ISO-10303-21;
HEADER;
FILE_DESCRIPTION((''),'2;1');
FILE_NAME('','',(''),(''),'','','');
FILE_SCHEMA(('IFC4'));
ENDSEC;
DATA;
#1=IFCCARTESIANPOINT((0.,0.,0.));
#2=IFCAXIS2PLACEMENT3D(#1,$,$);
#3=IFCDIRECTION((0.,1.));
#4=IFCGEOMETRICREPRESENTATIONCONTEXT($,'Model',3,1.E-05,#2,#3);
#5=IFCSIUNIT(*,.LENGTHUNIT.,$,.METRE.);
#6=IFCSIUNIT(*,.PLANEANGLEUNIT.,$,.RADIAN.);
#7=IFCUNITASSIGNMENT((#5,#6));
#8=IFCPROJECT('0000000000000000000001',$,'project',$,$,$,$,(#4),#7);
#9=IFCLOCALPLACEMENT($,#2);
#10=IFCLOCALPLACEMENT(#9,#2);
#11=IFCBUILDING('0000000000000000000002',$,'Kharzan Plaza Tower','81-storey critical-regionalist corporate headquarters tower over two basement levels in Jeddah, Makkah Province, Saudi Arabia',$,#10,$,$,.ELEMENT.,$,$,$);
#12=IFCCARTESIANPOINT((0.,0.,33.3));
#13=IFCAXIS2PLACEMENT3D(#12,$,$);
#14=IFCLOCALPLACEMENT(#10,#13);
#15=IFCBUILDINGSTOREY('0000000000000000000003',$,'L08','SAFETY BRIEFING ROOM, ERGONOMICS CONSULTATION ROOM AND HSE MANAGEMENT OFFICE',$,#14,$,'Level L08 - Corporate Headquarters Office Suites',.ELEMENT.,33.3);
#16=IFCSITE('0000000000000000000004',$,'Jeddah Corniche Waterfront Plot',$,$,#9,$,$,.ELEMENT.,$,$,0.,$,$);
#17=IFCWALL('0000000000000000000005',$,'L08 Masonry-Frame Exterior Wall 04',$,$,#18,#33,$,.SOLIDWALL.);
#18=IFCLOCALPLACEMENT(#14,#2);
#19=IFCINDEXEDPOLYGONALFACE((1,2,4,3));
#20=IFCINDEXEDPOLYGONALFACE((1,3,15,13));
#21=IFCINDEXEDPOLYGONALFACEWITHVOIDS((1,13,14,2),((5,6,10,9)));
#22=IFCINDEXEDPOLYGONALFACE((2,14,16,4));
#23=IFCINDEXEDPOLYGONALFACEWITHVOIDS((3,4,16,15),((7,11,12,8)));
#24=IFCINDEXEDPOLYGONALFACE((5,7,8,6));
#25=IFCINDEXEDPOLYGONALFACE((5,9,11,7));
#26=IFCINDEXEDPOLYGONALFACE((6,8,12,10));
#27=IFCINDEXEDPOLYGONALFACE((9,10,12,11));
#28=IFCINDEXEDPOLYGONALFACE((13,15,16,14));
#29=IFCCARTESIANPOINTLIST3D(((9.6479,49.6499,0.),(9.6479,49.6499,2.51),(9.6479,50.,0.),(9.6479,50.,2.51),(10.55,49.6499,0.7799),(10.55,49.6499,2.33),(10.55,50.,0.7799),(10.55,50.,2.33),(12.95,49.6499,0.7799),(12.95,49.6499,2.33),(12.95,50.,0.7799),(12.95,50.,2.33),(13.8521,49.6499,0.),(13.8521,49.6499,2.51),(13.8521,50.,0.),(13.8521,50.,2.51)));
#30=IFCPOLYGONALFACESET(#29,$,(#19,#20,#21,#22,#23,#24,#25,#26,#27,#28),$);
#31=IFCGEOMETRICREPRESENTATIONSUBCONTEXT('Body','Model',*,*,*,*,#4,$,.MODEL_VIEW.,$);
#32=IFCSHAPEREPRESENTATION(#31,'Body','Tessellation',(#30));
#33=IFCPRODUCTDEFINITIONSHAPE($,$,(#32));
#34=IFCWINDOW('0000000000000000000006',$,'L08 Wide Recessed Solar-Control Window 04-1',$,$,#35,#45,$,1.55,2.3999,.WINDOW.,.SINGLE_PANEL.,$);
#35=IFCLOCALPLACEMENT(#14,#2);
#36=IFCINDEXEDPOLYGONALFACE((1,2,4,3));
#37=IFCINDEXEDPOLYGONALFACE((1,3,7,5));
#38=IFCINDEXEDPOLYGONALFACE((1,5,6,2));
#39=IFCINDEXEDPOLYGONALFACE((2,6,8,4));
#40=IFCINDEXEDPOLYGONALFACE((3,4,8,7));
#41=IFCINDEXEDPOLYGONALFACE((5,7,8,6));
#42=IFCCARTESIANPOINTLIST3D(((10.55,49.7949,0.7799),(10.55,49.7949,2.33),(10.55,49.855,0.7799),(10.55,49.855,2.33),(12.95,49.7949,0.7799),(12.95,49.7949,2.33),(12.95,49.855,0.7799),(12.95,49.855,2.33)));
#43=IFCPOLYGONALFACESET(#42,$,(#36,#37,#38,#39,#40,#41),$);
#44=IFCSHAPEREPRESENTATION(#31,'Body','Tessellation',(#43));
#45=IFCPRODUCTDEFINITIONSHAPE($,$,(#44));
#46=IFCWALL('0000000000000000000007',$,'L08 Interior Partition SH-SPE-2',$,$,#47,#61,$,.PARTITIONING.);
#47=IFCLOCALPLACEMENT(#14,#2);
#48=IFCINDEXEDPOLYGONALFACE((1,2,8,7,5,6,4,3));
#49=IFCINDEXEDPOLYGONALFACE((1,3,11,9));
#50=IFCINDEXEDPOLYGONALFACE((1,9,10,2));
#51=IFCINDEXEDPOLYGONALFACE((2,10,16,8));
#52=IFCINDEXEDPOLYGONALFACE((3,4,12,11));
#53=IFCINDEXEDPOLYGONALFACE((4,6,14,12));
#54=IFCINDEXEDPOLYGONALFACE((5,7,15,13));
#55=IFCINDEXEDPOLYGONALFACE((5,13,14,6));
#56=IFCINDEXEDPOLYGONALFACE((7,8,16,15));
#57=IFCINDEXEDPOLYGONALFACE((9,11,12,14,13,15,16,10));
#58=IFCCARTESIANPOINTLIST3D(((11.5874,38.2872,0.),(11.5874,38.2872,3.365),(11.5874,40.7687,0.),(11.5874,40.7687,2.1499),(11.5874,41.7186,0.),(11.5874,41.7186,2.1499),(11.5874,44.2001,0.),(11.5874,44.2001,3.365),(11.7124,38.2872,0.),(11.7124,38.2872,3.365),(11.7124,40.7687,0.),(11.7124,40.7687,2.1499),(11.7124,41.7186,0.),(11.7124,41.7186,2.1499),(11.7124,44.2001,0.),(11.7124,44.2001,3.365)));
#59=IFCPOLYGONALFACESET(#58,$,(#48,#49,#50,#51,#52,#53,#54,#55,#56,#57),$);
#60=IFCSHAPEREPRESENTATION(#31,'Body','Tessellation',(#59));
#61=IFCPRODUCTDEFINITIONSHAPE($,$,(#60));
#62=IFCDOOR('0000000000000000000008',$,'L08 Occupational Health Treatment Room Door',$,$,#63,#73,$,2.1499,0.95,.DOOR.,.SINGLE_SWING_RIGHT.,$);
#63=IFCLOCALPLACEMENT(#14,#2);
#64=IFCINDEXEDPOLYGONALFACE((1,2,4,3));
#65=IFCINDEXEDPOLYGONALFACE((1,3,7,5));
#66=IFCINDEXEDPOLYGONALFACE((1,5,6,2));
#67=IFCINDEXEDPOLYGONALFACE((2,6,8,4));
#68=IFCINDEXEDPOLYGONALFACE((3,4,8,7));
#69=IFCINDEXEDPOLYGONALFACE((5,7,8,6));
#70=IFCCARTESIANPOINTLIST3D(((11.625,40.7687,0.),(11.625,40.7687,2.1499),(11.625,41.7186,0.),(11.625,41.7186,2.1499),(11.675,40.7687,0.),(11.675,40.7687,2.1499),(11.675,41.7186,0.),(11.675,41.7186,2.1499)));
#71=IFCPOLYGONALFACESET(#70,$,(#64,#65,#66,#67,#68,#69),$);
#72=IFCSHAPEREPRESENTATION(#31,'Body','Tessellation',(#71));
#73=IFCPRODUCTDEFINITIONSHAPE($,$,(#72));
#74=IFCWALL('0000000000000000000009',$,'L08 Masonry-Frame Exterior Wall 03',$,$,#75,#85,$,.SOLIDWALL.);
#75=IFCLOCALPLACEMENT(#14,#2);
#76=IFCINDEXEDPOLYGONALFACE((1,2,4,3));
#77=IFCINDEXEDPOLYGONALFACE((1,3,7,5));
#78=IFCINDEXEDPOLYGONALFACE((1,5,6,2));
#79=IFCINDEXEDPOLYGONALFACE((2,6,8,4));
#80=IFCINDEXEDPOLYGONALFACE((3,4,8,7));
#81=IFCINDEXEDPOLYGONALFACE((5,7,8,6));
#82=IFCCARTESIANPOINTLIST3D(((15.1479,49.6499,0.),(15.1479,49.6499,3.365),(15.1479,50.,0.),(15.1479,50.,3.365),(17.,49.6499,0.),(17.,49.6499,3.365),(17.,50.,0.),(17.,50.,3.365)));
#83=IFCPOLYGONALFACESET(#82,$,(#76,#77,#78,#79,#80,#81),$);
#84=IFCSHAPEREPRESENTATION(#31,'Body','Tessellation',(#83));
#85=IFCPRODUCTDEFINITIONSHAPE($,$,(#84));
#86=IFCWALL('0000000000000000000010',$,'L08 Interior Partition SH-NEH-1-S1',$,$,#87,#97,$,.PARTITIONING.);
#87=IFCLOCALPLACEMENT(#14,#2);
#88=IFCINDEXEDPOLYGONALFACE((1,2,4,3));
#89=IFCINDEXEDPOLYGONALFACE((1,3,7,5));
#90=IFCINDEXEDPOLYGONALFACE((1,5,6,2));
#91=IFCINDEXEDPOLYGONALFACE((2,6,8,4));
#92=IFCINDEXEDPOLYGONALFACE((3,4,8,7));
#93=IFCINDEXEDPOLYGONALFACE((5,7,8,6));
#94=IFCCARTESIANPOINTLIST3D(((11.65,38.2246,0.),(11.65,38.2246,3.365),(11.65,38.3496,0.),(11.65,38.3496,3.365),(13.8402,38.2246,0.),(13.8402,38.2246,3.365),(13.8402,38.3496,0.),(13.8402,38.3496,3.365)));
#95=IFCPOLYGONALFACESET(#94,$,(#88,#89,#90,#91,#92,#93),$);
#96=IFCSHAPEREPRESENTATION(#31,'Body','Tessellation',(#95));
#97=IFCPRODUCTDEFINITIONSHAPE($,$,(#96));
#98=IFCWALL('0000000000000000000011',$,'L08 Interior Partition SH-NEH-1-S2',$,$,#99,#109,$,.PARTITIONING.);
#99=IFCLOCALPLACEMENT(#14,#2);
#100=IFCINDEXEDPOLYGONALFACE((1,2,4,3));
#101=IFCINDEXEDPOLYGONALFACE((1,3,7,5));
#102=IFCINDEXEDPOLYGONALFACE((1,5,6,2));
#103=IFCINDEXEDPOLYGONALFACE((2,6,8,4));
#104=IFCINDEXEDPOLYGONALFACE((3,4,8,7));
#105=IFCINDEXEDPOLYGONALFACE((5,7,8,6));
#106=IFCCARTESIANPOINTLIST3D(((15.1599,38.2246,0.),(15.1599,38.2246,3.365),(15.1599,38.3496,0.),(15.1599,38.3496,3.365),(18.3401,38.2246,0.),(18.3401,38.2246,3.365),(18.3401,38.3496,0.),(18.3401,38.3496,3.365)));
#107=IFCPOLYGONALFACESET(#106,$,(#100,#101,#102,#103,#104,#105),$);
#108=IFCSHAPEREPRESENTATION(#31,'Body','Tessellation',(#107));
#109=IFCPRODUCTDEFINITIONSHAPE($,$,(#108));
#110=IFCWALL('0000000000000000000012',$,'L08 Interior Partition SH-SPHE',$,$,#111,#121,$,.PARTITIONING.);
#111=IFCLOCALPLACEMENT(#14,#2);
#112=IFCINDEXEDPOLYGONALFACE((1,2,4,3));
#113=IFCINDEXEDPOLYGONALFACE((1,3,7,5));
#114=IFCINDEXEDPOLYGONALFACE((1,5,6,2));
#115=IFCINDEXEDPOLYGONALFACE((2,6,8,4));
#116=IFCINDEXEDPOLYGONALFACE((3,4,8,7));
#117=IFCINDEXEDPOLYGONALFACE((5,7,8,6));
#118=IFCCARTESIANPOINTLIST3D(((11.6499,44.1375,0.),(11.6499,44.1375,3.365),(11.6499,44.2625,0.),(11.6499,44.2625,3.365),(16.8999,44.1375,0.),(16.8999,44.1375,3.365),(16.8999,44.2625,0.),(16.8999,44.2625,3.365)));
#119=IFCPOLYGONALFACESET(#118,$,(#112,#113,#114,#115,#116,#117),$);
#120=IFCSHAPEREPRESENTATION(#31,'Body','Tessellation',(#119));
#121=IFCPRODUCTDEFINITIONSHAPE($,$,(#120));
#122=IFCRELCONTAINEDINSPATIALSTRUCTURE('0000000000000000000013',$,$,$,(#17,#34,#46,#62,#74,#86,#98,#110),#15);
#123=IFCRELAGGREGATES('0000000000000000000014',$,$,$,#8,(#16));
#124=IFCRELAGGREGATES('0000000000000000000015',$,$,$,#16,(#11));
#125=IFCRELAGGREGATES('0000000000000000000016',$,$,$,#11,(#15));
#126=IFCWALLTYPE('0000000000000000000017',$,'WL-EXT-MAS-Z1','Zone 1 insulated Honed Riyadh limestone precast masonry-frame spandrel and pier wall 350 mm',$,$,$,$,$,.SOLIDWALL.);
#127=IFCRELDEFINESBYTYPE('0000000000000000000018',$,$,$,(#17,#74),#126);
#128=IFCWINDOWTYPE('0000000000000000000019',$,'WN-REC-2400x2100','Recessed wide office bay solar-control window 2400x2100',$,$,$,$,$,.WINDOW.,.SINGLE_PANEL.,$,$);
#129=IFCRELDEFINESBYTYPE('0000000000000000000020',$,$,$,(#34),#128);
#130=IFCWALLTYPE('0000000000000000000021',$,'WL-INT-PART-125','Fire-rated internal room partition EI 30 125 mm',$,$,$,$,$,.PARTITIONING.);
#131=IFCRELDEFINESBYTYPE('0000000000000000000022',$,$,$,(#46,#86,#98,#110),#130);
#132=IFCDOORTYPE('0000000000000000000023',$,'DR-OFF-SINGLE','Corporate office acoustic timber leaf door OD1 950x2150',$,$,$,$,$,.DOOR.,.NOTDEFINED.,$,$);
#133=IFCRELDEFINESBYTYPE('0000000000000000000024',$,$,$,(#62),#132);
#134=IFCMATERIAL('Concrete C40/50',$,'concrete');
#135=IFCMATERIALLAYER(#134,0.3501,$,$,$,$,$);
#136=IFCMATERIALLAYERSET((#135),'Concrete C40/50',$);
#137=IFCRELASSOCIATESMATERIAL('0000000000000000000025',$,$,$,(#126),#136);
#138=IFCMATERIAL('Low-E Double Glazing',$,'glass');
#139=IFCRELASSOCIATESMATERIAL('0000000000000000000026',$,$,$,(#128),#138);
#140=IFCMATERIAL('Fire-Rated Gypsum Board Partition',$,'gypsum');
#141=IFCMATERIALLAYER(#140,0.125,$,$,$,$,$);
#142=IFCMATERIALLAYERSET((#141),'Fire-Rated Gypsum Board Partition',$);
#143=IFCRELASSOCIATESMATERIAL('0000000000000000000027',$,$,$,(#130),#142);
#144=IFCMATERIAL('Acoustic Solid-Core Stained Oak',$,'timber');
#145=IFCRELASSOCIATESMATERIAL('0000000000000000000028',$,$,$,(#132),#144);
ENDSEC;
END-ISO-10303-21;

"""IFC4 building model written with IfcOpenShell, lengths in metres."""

from ifc_helpers import new_model, si_unit, direction, frame, frame_2d, origin, place, context, subcontext, project, spatial, rectangle, extrude, source, transform, mapped, material, layer, layer_set, type_object, element, fill, save


model = new_model("IFC4")

# Units and contexts
model_context = context("Model", 3, precision=1e-05, world=origin(), true_north=direction((0.0, 1.0)))
body_context = subcontext(model_context, "Body", "Model", "MODEL_VIEW")
ifc_project = project(units=[si_unit("LENGTHUNIT", "METRE"), si_unit("PLANEANGLEUNIT", "RADIAN")], contexts=[model_context])

# Site, building, storey
site_placement = place(None, origin())
site = spatial("IfcSite", under=ifc_project, at=site_placement, Name="Jeddah Corniche Waterfront Plot", CompositionType="ELEMENT", RefElevation=0.0)
building_placement = place(site_placement, origin())
building = spatial("IfcBuilding", under=site, at=building_placement, Name="Kharzan Plaza Tower", Description="81-storey critical-regionalist corporate headquarters tower over two basement levels in Jeddah, Makkah Province, Saudi Arabia", CompositionType="ELEMENT")
storey_placement = place(building_placement, frame((0.0, 0.0, 33.3)))
storey = spatial("IfcBuildingStorey", under=building, at=storey_placement, Name="L08", Description="SAFETY BRIEFING ROOM, ERGONOMICS CONSULTATION ROOM AND HSE MANAGEMENT OFFICE", LongName="Level L08 - Corporate Headquarters Office Suites", CompositionType="ELEMENT", Elevation=33.3)

# Wall, opening, window
ifc_material_1 = material(Name="Concrete C40/50", Category="concrete")
ifc_layer_1 = layer(ifc_material_1, 0.3501)
ifc_layer_set_1 = layer_set([ifc_layer_1], Name="Concrete C40/50")
wall_type_1 = type_object("IfcWallType", Name="WL-EXT-MAS-Z1", Description="Zone 1 insulated Honed Riyadh limestone precast masonry-frame spandrel and pier wall 350 mm", PredefinedType="SOLIDWALL", material=ifc_layer_set_1)
ifc_material_2 = material(Name="Low-E Double Glazing", Category="glass")
wall_1_placement = place(storey_placement, frame((13.8521, 49.825, 0.0), z_axis=(0.0, 0.0, 1.0), x_axis=(-1.0, 0.0, 0.0)))
wall_1 = element("IfcWall", 1, at=wall_1_placement, inside=storey, type_object=wall_type_1, Name="L08 Masonry-Frame Exterior Wall 04", PredefinedType="SOLIDWALL", context=body_context, shape_type="SweptSolid", body=[
    extrude(rectangle(XDim=4.2041, YDim=0.3501, at=frame_2d((2.1021, 0.0))), origin(), (0.0, 0.0, 1.0), 2.51),
])
opening_1_placement = place(wall_1_placement, frame((0.9021, 0.0, 0.78)))
opening_1 = element("IfcOpeningElement", 2, at=opening_1_placement, cuts=wall_1, PredefinedType="OPENING", context=body_context, shape_type="SweptSolid", body=[
    extrude(rectangle(XDim=2.3999, YDim=1.55, at=frame_2d((1.2, 0.7749))), frame((0.0, 0.1851, 0.0), z_axis=(0.0, -1.0, 0.0), x_axis=(1.0, 0.0, 0.0)), (0.0, 0.0, 1.0), 0.3701),
])
window_type_1 = type_object("IfcWindowType", Name="WN-REC-2400x2100", Description="Recessed wide office bay solar-control window 2400x2100", PartitioningType="SINGLE_PANEL", PredefinedType="WINDOW", material=ifc_material_2)
shared_shape_1 = source(origin(), body_context, "Body", "SweptSolid", [
    extrude(rectangle(XDim=2.3999, YDim=1.55, at=frame_2d((1.2, 0.7749))), frame((0.0, 0.03, 0.0), z_axis=(0.0, -1.0, 0.0), x_axis=(1.0, 0.0, 0.0)), (0.0, 0.0, 1.0), 0.0601),
])
window_1_placement = place(opening_1_placement, origin())
window_1 = element("IfcWindow", 3, at=window_1_placement, inside=storey, type_object=window_type_1, Name="L08 Wide Recessed Solar-Control Window 04-1", OverallHeight=1.55, OverallWidth=2.3999, PartitioningType="SINGLE_PANEL", PredefinedType="WINDOW", context=body_context, shape_type="MappedRepresentation", body=[
    mapped(shared_shape_1, transform((0.0, 0.0, 0.0), x_axis=(1.0, 0.0, 0.0), y_axis=(0.0, 1.0, 0.0), z_axis=(0.0, 0.0, 1.0))),
])
fill(opening_1, window_1)

# Wall, opening, door
ifc_material_3 = material(Name="Fire-Rated Gypsum Board Partition", Category="gypsum")
ifc_layer_2 = layer(ifc_material_3, 0.125)
ifc_layer_set_2 = layer_set([ifc_layer_2], Name="Fire-Rated Gypsum Board Partition")
wall_type_2 = type_object("IfcWallType", Name="WL-INT-PART-125", Description="Fire-rated internal room partition EI 30 125 mm", PredefinedType="PARTITIONING", material=ifc_layer_set_2)
wall_2_placement = place(storey_placement, frame((11.6499, 38.2871, 0.0), z_axis=(0.0, 0.0, 1.0), x_axis=(0.0, 1.0, 0.0)))
wall_2 = element("IfcWall", 4, at=wall_2_placement, inside=storey, type_object=wall_type_2, Name="L08 Interior Partition SH-SPE-2", PredefinedType="PARTITIONING", context=body_context, shape_type="SweptSolid", body=[
    extrude(rectangle(XDim=5.9128, YDim=0.125, at=frame_2d((2.9565, 0.0))), origin(), (0.0, 0.0, 1.0), 3.365),
])
opening_2_placement = place(wall_2_placement, frame((2.4814, 0.0, 0.0)))
opening_2 = element("IfcOpeningElement", 5, at=opening_2_placement, cuts=wall_2, PredefinedType="OPENING", context=body_context, shape_type="SweptSolid", body=[
    extrude(rectangle(XDim=0.95, YDim=2.1499, at=frame_2d((0.4751, 1.075))), frame((0.0, 0.0725, 0.0), z_axis=(0.0, -1.0, 0.0), x_axis=(1.0, 0.0, 0.0)), (0.0, 0.0, 1.0), 0.145),
])
ifc_material_4 = material(Name="Acoustic Solid-Core Stained Oak", Category="timber")
door_type = type_object("IfcDoorType", Name="DR-OFF-SINGLE", Description="Corporate office acoustic timber leaf door OD1 950x2150", OperationType="NOTDEFINED", PredefinedType="DOOR", material=ifc_material_4)
shared_shape_2 = source(origin(), body_context, "Body", "SweptSolid", [
    extrude(rectangle(XDim=0.95, YDim=2.1499, at=frame_2d((0.4751, 1.075))), frame((0.0, 0.0249, 0.0), z_axis=(0.0, -1.0, 0.0), x_axis=(1.0, 0.0, 0.0)), (0.0, 0.0, 1.0), 0.05),
])
door_1_placement = place(opening_2_placement, origin())
door_1 = element("IfcDoor", 6, at=door_1_placement, inside=storey, type_object=door_type, Name="L08 Occupational Health Treatment Room Door", OperationType="SINGLE_SWING_RIGHT", OverallHeight=2.1499, OverallWidth=0.95, PredefinedType="DOOR", context=body_context, shape_type="MappedRepresentation", body=[
    mapped(shared_shape_2, transform((0.0, 0.0, 0.0), x_axis=(1.0, 0.0, 0.0), y_axis=(0.0, 1.0, 0.0), z_axis=(0.0, 0.0, 1.0))),
])
fill(opening_2, door_1)

# Walls
shared_shape_3 = source(origin(), body_context, "Body", "SweptSolid", [
    extrude(rectangle(XDim=1.8521, YDim=0.3501, at=frame_2d((0.926, 0.0))), origin(), (0.0, 0.0, 1.0), 3.365),
])
wall_3_placement = place(storey_placement, frame((17.0, 49.825, 0.0), z_axis=(0.0, 0.0, 1.0), x_axis=(-1.0, 0.0, 0.0)))
element("IfcWall", 7, at=wall_3_placement, inside=storey, type_object=wall_type_1, Name="L08 Masonry-Frame Exterior Wall 03", PredefinedType="SOLIDWALL", context=body_context, shape_type="MappedRepresentation", body=[
    mapped(shared_shape_3, transform((0.0, 0.0, 0.0), x_axis=(1.0, 0.0, 0.0), y_axis=(0.0, 1.0, 0.0), z_axis=(0.0, 0.0, 1.0))),
])
shared_shape_4 = source(origin(), body_context, "Body", "SweptSolid", [
    extrude(rectangle(XDim=2.1902, YDim=0.125, at=frame_2d((1.0952, 0.0))), origin(), (0.0, 0.0, 1.0), 3.365),
])
wall_4_placement = place(storey_placement, frame((11.6499, 38.2871, 0.0), z_axis=(0.0, 0.0, 1.0), x_axis=(1.0, 0.0, 0.0)))
element("IfcWall", 8, at=wall_4_placement, inside=storey, type_object=wall_type_2, Name="L08 Interior Partition SH-NEH-1-S1", PredefinedType="PARTITIONING", context=body_context, shape_type="MappedRepresentation", body=[
    mapped(shared_shape_4, transform((0.0, 0.0, 0.0), x_axis=(1.0, 0.0, 0.0), y_axis=(0.0, 1.0, 0.0), z_axis=(0.0, 0.0, 1.0))),
])
shared_shape_5 = source(origin(), body_context, "Body", "SweptSolid", [
    extrude(rectangle(XDim=3.1802, YDim=0.125, at=frame_2d((1.5901, 0.0))), origin(), (0.0, 0.0, 1.0), 3.365),
])
wall_5_placement = place(storey_placement, frame((15.1599, 38.2871, 0.0), z_axis=(0.0, 0.0, 1.0), x_axis=(1.0, 0.0, 0.0)))
element("IfcWall", 9, at=wall_5_placement, inside=storey, type_object=wall_type_2, Name="L08 Interior Partition SH-NEH-1-S2", PredefinedType="PARTITIONING", context=body_context, shape_type="MappedRepresentation", body=[
    mapped(shared_shape_5, transform((0.0, 0.0, 0.0), x_axis=(1.0, 0.0, 0.0), y_axis=(0.0, 1.0, 0.0), z_axis=(0.0, 0.0, 1.0))),
])
shared_shape_6 = source(origin(), body_context, "Body", "SweptSolid", [
    extrude(rectangle(XDim=5.25, YDim=0.125, at=frame_2d((2.625, 0.0))), origin(), (0.0, 0.0, 1.0), 3.365),
])
wall_6_placement = place(storey_placement, frame((11.6499, 44.2, 0.0), z_axis=(0.0, 0.0, 1.0), x_axis=(1.0, 0.0, 0.0)))
element("IfcWall", 10, at=wall_6_placement, inside=storey, type_object=wall_type_2, Name="L08 Interior Partition SH-SPHE", PredefinedType="PARTITIONING", context=body_context, shape_type="MappedRepresentation", body=[
    mapped(shared_shape_6, transform((0.0, 0.0, 0.0), x_axis=(1.0, 0.0, 0.0), y_axis=(0.0, 1.0, 0.0), z_axis=(0.0, 0.0, 1.0))),
])

save(model, "model.ifc")
